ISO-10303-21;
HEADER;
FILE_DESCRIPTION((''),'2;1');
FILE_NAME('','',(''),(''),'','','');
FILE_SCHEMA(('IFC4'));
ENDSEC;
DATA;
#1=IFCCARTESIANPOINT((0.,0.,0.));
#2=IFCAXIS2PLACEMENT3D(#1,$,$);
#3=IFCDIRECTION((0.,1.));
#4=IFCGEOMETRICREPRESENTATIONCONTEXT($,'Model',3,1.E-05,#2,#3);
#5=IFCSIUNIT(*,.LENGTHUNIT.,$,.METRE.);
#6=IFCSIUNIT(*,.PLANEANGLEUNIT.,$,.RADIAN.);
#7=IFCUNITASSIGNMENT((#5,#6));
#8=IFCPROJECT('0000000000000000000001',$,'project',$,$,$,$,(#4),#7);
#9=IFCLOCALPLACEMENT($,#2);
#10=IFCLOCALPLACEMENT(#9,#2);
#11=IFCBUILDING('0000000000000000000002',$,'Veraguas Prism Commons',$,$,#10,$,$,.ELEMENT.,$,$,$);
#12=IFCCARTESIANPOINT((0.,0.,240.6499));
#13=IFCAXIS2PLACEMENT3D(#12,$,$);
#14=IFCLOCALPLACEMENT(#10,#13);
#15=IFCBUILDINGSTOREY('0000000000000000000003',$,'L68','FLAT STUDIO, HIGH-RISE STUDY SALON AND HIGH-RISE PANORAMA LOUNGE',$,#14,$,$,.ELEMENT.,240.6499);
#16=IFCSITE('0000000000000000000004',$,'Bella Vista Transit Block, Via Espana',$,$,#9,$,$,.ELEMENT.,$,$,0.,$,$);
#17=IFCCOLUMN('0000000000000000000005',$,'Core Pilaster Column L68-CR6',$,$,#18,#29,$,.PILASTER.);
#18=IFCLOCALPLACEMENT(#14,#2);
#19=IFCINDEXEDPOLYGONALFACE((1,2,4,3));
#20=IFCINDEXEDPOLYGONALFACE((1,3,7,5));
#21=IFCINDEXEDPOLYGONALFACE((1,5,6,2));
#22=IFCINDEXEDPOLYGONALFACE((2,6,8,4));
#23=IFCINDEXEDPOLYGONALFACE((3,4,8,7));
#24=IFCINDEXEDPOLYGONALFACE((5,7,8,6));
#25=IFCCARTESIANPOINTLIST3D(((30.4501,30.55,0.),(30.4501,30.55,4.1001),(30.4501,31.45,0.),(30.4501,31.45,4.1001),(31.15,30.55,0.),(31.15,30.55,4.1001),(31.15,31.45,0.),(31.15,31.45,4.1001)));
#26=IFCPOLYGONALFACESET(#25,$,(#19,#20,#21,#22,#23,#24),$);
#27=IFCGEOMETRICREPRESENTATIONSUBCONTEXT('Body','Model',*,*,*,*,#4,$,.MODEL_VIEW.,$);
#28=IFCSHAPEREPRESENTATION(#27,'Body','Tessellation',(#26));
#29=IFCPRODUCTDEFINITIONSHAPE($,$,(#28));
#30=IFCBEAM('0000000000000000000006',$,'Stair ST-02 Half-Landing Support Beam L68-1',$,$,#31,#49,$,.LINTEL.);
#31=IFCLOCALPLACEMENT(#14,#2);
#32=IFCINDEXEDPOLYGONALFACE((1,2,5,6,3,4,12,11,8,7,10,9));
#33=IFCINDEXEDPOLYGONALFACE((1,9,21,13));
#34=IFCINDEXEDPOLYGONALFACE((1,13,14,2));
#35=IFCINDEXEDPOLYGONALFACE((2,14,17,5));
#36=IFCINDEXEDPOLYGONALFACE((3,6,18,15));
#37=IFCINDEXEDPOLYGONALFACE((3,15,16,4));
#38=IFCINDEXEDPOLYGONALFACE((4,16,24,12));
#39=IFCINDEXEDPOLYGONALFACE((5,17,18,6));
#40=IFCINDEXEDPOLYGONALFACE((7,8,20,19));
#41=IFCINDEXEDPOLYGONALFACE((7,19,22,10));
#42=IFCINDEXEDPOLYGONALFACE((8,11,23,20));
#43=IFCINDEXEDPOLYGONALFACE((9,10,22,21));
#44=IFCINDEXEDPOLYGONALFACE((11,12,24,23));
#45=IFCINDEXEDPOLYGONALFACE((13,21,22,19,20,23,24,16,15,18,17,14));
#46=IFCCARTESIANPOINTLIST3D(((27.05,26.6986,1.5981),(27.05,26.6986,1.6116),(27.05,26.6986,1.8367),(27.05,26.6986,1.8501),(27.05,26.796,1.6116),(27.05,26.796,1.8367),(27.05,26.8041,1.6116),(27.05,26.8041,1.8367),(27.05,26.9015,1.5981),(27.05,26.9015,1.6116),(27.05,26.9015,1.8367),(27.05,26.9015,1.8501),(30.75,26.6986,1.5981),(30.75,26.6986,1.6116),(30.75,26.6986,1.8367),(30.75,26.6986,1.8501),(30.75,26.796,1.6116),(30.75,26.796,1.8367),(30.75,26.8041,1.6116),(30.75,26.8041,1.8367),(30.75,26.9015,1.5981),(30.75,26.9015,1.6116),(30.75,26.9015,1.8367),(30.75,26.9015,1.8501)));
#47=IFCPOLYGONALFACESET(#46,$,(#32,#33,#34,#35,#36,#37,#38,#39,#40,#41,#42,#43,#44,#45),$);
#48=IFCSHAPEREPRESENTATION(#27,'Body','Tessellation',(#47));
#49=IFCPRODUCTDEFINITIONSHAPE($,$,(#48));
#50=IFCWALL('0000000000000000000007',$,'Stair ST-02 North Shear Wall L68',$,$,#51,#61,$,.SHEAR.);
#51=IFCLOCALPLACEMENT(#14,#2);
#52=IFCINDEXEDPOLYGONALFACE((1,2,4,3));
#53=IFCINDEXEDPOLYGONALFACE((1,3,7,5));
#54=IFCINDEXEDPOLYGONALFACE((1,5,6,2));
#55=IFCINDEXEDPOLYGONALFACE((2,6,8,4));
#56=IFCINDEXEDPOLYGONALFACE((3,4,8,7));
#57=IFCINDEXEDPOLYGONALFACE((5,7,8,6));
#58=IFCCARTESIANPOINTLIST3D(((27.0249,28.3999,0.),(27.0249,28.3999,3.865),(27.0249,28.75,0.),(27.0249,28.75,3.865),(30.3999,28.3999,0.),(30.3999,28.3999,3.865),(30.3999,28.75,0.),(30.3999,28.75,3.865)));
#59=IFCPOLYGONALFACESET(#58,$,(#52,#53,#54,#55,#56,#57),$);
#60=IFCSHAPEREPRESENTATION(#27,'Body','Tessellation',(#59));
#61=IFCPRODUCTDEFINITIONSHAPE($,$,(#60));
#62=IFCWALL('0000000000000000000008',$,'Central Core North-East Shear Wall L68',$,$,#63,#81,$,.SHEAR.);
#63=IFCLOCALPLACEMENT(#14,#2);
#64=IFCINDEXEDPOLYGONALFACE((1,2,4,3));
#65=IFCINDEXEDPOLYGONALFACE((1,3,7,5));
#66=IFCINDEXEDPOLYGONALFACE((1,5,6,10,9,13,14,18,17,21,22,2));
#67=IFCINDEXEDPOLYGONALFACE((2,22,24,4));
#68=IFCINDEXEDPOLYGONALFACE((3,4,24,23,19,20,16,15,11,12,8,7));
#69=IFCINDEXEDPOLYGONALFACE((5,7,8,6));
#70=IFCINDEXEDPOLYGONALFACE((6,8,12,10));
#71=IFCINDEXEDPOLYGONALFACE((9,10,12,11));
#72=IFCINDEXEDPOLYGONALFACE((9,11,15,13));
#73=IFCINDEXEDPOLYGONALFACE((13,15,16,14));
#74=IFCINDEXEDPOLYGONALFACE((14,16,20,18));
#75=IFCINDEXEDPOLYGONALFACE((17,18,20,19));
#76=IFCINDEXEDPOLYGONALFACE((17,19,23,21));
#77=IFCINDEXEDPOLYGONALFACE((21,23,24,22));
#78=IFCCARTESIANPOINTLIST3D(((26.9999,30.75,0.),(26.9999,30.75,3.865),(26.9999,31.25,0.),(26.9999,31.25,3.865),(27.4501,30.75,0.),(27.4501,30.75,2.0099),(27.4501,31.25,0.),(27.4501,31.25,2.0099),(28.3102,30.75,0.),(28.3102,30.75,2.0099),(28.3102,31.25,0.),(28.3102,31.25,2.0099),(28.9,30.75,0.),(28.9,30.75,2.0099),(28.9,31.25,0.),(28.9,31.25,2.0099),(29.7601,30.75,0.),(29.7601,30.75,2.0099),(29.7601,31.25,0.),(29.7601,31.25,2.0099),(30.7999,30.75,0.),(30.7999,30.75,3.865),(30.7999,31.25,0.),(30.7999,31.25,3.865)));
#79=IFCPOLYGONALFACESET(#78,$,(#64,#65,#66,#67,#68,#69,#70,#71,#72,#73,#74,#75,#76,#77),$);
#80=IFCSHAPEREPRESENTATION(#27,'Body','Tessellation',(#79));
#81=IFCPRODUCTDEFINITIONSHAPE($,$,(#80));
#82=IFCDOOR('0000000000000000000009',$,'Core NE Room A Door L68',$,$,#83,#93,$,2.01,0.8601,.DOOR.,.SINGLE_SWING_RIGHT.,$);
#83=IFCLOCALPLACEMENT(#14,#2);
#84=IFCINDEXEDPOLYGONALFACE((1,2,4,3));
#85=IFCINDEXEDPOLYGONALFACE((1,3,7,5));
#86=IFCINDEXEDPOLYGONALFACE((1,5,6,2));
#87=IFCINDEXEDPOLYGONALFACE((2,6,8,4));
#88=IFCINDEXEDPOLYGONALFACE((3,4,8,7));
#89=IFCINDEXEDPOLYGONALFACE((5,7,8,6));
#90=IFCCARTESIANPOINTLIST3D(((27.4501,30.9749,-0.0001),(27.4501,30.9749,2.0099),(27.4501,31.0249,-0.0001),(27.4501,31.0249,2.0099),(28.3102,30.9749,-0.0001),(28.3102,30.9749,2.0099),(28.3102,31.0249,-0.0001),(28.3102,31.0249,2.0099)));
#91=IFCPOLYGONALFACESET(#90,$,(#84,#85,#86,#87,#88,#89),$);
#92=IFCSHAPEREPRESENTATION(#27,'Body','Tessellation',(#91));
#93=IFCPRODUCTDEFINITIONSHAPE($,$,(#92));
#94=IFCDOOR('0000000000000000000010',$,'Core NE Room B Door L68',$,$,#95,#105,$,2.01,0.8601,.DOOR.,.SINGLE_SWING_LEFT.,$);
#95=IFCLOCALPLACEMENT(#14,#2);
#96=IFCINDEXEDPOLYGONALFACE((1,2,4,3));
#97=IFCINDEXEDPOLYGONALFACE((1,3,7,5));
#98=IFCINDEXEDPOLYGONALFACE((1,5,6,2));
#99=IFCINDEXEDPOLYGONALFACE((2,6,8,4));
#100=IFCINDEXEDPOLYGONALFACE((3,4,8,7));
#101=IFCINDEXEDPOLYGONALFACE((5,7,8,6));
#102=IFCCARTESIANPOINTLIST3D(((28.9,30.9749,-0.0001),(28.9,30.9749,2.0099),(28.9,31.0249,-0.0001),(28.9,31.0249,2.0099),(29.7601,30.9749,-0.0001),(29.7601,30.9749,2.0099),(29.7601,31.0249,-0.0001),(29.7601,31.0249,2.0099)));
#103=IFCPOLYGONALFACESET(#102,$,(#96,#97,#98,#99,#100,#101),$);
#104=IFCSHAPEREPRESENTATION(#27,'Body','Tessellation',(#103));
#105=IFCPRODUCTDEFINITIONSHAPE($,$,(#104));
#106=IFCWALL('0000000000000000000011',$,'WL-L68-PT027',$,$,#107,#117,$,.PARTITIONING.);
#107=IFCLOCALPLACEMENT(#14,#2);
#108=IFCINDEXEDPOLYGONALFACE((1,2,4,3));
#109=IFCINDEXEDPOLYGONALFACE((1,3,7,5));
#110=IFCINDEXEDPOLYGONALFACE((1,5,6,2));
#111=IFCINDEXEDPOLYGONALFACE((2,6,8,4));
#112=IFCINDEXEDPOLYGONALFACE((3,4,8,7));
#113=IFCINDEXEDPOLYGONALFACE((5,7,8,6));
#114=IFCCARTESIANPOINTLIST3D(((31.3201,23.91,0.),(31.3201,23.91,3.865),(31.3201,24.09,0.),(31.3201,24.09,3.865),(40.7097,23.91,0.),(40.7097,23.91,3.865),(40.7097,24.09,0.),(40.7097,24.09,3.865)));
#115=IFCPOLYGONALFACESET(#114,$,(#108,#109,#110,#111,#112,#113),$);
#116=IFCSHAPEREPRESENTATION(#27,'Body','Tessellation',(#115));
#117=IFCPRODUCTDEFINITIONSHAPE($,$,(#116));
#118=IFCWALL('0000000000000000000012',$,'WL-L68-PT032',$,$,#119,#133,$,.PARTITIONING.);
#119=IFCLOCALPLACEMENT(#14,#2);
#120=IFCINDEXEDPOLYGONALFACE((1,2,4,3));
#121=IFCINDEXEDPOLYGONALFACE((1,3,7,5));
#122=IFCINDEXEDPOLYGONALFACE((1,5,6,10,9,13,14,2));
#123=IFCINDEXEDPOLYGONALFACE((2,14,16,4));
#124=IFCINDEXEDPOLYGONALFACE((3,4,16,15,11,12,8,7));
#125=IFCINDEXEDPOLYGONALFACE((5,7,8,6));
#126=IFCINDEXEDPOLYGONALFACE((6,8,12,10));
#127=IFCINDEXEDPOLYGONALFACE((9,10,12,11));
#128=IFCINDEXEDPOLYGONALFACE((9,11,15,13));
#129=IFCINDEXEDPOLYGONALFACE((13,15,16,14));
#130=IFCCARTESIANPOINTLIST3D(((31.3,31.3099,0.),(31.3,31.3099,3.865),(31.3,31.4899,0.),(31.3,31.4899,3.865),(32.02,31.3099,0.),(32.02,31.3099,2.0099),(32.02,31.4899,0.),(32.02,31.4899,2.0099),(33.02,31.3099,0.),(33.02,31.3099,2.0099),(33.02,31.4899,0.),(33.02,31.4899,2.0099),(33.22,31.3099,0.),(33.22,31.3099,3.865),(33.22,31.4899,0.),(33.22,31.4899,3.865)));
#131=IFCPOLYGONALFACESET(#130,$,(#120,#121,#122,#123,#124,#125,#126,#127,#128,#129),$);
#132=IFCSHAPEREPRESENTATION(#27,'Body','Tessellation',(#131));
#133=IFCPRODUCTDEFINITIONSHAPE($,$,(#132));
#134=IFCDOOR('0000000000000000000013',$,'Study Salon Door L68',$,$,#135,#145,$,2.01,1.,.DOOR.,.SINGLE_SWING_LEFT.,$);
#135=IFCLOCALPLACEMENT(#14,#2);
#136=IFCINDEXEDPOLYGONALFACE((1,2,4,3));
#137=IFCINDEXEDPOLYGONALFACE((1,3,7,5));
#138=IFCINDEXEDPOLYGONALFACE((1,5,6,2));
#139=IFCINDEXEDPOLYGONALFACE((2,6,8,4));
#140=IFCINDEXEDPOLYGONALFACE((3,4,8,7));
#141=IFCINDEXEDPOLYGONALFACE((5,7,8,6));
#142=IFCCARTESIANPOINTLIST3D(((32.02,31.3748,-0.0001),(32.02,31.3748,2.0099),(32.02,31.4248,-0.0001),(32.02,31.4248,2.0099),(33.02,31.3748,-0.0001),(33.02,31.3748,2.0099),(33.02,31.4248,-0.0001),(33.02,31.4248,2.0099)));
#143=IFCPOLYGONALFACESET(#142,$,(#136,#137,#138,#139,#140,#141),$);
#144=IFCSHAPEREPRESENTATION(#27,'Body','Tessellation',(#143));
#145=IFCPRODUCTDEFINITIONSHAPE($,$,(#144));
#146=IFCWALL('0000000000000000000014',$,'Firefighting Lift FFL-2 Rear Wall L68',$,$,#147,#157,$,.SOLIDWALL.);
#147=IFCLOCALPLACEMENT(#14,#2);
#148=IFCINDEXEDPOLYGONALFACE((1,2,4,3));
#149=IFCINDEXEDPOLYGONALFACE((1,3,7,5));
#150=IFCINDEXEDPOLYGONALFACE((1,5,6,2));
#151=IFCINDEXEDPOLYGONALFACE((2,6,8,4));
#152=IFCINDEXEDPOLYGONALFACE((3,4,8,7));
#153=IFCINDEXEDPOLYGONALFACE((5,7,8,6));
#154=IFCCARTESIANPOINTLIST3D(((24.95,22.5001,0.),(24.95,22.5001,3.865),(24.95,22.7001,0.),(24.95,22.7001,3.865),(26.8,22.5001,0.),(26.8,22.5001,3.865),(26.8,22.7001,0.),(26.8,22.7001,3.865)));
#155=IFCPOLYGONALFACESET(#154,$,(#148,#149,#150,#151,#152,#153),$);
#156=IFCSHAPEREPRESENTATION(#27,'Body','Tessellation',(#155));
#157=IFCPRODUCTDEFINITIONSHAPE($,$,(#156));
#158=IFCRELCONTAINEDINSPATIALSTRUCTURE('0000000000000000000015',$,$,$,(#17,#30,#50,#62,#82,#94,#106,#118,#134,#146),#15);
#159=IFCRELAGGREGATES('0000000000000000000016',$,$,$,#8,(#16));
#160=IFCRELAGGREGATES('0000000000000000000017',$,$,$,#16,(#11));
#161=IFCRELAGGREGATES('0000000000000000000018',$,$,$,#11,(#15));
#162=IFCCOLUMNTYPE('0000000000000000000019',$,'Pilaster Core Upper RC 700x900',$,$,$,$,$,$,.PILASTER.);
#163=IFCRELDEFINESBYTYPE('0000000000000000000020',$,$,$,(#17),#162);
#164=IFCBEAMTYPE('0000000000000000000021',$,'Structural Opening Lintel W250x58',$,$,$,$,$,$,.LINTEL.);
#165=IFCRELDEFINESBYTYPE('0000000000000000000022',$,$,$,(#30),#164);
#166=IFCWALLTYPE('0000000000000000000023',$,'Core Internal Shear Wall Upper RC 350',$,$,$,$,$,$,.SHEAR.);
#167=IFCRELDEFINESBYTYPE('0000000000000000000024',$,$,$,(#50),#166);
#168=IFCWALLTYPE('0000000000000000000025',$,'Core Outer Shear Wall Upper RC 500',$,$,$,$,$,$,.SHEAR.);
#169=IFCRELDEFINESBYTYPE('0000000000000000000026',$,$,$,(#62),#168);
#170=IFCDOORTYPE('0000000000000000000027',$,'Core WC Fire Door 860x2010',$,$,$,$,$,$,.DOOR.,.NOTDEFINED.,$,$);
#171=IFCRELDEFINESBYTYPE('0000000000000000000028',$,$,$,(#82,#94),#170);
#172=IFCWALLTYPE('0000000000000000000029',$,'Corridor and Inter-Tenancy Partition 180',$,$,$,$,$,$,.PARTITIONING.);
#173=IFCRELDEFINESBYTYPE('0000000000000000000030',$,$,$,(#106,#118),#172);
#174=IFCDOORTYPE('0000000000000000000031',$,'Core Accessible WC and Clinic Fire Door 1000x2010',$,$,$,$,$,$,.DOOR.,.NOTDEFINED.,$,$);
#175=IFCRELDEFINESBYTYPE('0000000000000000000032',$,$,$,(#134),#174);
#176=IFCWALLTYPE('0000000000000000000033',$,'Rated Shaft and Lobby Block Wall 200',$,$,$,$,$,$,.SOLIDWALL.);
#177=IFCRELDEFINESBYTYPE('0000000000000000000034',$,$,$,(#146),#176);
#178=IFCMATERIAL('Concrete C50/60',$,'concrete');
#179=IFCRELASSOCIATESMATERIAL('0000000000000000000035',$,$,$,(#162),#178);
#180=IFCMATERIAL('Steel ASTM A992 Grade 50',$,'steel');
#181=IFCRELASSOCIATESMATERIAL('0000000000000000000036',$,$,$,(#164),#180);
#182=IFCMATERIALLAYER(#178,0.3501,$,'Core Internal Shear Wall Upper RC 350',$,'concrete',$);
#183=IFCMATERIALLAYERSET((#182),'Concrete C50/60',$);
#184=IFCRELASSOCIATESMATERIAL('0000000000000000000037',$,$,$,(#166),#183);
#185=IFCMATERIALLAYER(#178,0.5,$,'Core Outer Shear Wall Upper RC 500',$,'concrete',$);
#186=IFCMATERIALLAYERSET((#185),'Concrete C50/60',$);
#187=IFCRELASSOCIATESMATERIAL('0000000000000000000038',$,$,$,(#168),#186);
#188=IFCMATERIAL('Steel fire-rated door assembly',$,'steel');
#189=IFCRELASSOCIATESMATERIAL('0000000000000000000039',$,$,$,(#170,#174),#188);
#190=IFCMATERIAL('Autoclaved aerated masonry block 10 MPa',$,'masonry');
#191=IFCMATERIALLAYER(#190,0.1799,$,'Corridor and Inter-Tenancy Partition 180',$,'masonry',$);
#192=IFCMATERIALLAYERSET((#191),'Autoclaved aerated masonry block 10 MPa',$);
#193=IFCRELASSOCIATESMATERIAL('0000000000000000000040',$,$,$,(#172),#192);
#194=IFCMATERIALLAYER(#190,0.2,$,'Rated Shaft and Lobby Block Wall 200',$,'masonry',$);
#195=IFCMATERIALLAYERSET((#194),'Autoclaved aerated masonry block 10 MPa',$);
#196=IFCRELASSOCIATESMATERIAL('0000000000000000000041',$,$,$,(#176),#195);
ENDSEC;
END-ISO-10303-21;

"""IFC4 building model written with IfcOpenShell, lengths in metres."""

from ifc_helpers import new_model, si_unit, direction, frame, frame_2d, origin, origin_2d, place, context, subcontext, project, spatial, rectangle, i_section, extrude, source, transform, mapped, material, layer, layer_set, material_profile, profile_set, type_object, element, fill, save


model = new_model("IFC4")

# Units and contexts
model_context = context("Model", 3, precision=1e-05, world=origin(), true_north=direction((0.0, 1.0)))
body_context = subcontext(model_context, "Body", "Model", "MODEL_VIEW")
ifc_project = project(units=[si_unit("LENGTHUNIT", "METRE"), si_unit("PLANEANGLEUNIT", "RADIAN")], contexts=[model_context])

# Site, building, storey
site_placement = place(None, origin())
site = spatial("IfcSite", under=ifc_project, at=site_placement, Name="Bella Vista Transit Block, Via Espana", CompositionType="ELEMENT", RefElevation=0.0)
building_placement = place(site_placement, origin())
building = spatial("IfcBuilding", under=site, at=building_placement, Name="Veraguas Prism Commons", CompositionType="ELEMENT")
storey_placement = place(building_placement, frame((0.0, 0.0, 240.6499)))
storey = spatial("IfcBuildingStorey", under=building, at=storey_placement, Name="L68", Description="FLAT STUDIO, HIGH-RISE STUDY SALON AND HIGH-RISE PANORAMA LOUNGE", CompositionType="ELEMENT", Elevation=240.6499)

# Column
ifc_material_1 = material(Name="Concrete C50/60", Category="concrete")
ifc_material_profile_1 = material_profile(ifc_material_1, rectangle(XDim=0.7, YDim=0.8999, at=origin_2d()), Name="RC700X900")
ifc_profile_set_1 = profile_set([ifc_material_profile_1], Name="Concrete C50/60")
column_type = type_object("IfcColumnType", Name="Pilaster Core Upper RC 700x900", PredefinedType="PILASTER", material=ifc_profile_set_1)
column_placement = place(storey_placement, frame((30.8, 31.0, 0.0), z_axis=(0.0, 0.0, 1.0), x_axis=(1.0, 0.0, 0.0)))
element("IfcColumn", 1, at=column_placement, inside=storey, type_object=column_type, Name="Core Pilaster Column L68-CR6", PredefinedType="PILASTER", context=body_context, shape_type="SweptSolid", body=[
    extrude(rectangle(XDim=0.7, YDim=0.8999, at=origin_2d()), origin(), (0.0, 0.0, 1.0), 4.1001),
])

# Beam
ifc_material_2 = material(Name="Steel ASTM A992 Grade 50", Category="steel")
ifc_material_profile_2 = material_profile(ifc_material_2, i_section(OverallWidth=0.2029, OverallDepth=0.252, WebThickness=0.0081, FlangeThickness=0.0134, at=origin_2d()), Name="W250X58")
ifc_profile_set_2 = profile_set([ifc_material_profile_2], Name="Steel ASTM A992 Grade 50")
beam_type = type_object("IfcBeamType", Name="Structural Opening Lintel W250x58", PredefinedType="LINTEL", material=ifc_profile_set_2)
beam_placement = place(storey_placement, frame((27.05, 26.8, 1.7241), z_axis=(1.0, 0.0, 0.0), x_axis=(0.0, 1.0, 0.0)))
element("IfcBeam", 2, at=beam_placement, inside=storey, type_object=beam_type, Name="Stair ST-02 Half-Landing Support Beam L68-1", PredefinedType="LINTEL", context=body_context, shape_type="SweptSolid", body=[
    extrude(i_section(OverallWidth=0.2029, OverallDepth=0.252, WebThickness=0.0081, FlangeThickness=0.0134, at=origin_2d()), origin(), (0.0, 0.0, 1.0), 3.7),
])

# Wall
ifc_layer_1 = layer(ifc_material_1, 0.3501, Name="Core Internal Shear Wall Upper RC 350", Category="concrete")
ifc_layer_set_1 = layer_set([ifc_layer_1], Name="Concrete C50/60")
wall_type_1 = type_object("IfcWallType", Name="Core Internal Shear Wall Upper RC 350", PredefinedType="SHEAR", material=ifc_layer_set_1)
wall_1_placement = place(storey_placement, frame((27.0249, 28.575, 0.0), z_axis=(0.0, 0.0, 1.0), x_axis=(1.0, 0.0, 0.0)))
element("IfcWall", 3, at=wall_1_placement, inside=storey, type_object=wall_type_1, Name="Stair ST-02 North Shear Wall L68", PredefinedType="SHEAR", context=body_context, shape_type="SweptSolid", body=[
    extrude(rectangle(XDim=3.375, YDim=0.3501, at=frame_2d((1.6875, 0.0))), origin(), (0.0, 0.0, 1.0), 3.865),
])

# Wall, openings, doors
ifc_layer_2 = layer(ifc_material_1, 0.5, Name="Core Outer Shear Wall Upper RC 500", Category="concrete")
ifc_layer_set_2 = layer_set([ifc_layer_2], Name="Concrete C50/60")
wall_type_2 = type_object("IfcWallType", Name="Core Outer Shear Wall Upper RC 500", PredefinedType="SHEAR", material=ifc_layer_set_2)
wall_2_placement = place(storey_placement, frame((27.0, 31.0, 0.0), z_axis=(0.0, 0.0, 1.0), x_axis=(1.0, 0.0, 0.0)))
wall_2 = element("IfcWall", 4, at=wall_2_placement, inside=storey, type_object=wall_type_2, Name="Central Core North-East Shear Wall L68", PredefinedType="SHEAR", context=body_context, shape_type="SweptSolid", body=[
    extrude(rectangle(XDim=3.8, YDim=0.5, at=frame_2d((1.8999, 0.0))), origin(), (0.0, 0.0, 1.0), 3.865),
])
opening_1_placement = place(wall_2_placement, frame((0.45, 0.0, 0.0)))
opening_1 = element("IfcOpeningElement", 5, at=opening_1_placement, cuts=wall_2, PredefinedType="OPENING", context=body_context, shape_type="SweptSolid", body=[
    extrude(rectangle(XDim=0.8601, YDim=2.01, at=frame_2d((0.4302, 1.0049))), frame((0.0, 0.26, 0.0), z_axis=(0.0, -1.0, 0.0), x_axis=(1.0, 0.0, 0.0)), (0.0, 0.0, 1.0), 0.52),
])
opening_2_placement = place(wall_2_placement, frame((1.8999, 0.0, 0.0)))
opening_2 = element("IfcOpeningElement", 6, at=opening_2_placement, cuts=wall_2, PredefinedType="OPENING", context=body_context, shape_type="SweptSolid", body=[
    extrude(rectangle(XDim=0.8601, YDim=2.01, at=frame_2d((0.4302, 1.0049))), frame((0.0, 0.26, 0.0), z_axis=(0.0, -1.0, 0.0), x_axis=(1.0, 0.0, 0.0)), (0.0, 0.0, 1.0), 0.52),
])
ifc_material_3 = material(Name="Steel fire-rated door assembly", Category="steel")
door_type_1 = type_object("IfcDoorType", Name="Core WC Fire Door 860x2010", OperationType="NOTDEFINED", PredefinedType="DOOR", material=ifc_material_3)
shared_shape_1 = source(origin(), body_context, "Body", "SweptSolid", [
    extrude(rectangle(XDim=0.8601, YDim=2.01, at=frame_2d((0.4302, 1.0049))), frame((0.0, 0.0249, 0.0), z_axis=(0.0, -1.0, 0.0), x_axis=(1.0, 0.0, 0.0)), (0.0, 0.0, 1.0), 0.05),
])
door_1_placement = place(opening_1_placement, origin())
door_1 = element("IfcDoor", 7, at=door_1_placement, inside=storey, type_object=door_type_1, Name="Core NE Room A Door L68", OperationType="SINGLE_SWING_RIGHT", OverallHeight=2.01, OverallWidth=0.8601, PredefinedType="DOOR", context=body_context, shape_type="MappedRepresentation", body=[
    mapped(shared_shape_1, transform((0.0, 0.0, 0.0), scale=1.0)),
])
fill(opening_1, door_1)
door_2_placement = place(opening_2_placement, origin())
door_2 = element("IfcDoor", 8, at=door_2_placement, inside=storey, type_object=door_type_1, Name="Core NE Room B Door L68", OperationType="SINGLE_SWING_LEFT", OverallHeight=2.01, OverallWidth=0.8601, PredefinedType="DOOR", context=body_context, shape_type="MappedRepresentation", body=[
    mapped(shared_shape_1, transform((0.0, 0.0, 0.0), scale=1.0)),
])
fill(opening_2, door_2)

# Wall
ifc_material_4 = material(Name="Autoclaved aerated masonry block 10 MPa", Category="masonry")
ifc_layer_3 = layer(ifc_material_4, 0.1799, Name="Corridor and Inter-Tenancy Partition 180", Category="masonry")
ifc_layer_set_3 = layer_set([ifc_layer_3], Name="Autoclaved aerated masonry block 10 MPa")
wall_type_3 = type_object("IfcWallType", Name="Corridor and Inter-Tenancy Partition 180", PredefinedType="PARTITIONING", material=ifc_layer_set_3)
wall_3_placement = place(storey_placement, frame((31.3201, 24.0, 0.0), z_axis=(0.0, 0.0, 1.0), x_axis=(1.0, 0.0, 0.0)))
element("IfcWall", 9, at=wall_3_placement, inside=storey, type_object=wall_type_3, Name="WL-L68-PT027", PredefinedType="PARTITIONING", context=body_context, shape_type="SweptSolid", body=[
    extrude(rectangle(XDim=9.3896, YDim=0.1799, at=frame_2d((4.6948, 0.0))), origin(), (0.0, 0.0, 1.0), 3.865),
])

# Wall, opening, door
wall_4_placement = place(storey_placement, frame((31.3, 31.3999, 0.0), z_axis=(0.0, 0.0, 1.0), x_axis=(1.0, 0.0, 0.0)))
wall_4 = element("IfcWall", 10, at=wall_4_placement, inside=storey, type_object=wall_type_3, Name="WL-L68-PT032", PredefinedType="PARTITIONING", context=body_context, shape_type="SweptSolid", body=[
    extrude(rectangle(XDim=1.9199, YDim=0.1799, at=frame_2d((0.96, 0.0))), origin(), (0.0, 0.0, 1.0), 3.865),
])
opening_3_placement = place(wall_4_placement, frame((0.72, 0.0, 0.0)))
opening_3 = element("IfcOpeningElement", 11, at=opening_3_placement, cuts=wall_4, PredefinedType="OPENING", context=body_context, shape_type="SweptSolid", body=[
    extrude(rectangle(XDim=1.0, YDim=2.01, at=frame_2d((0.5, 1.0049))), frame((0.0, 0.0999, 0.0), z_axis=(0.0, -1.0, 0.0), x_axis=(1.0, 0.0, 0.0)), (0.0, 0.0, 1.0), 0.2),
])
door_type_2 = type_object("IfcDoorType", Name="Core Accessible WC and Clinic Fire Door 1000x2010", OperationType="NOTDEFINED", PredefinedType="DOOR", material=ifc_material_3)
shared_shape_2 = source(origin(), body_context, "Body", "SweptSolid", [
    extrude(rectangle(XDim=1.0, YDim=2.01, at=frame_2d((0.5, 1.0049))), frame((0.0, 0.0249, 0.0), z_axis=(0.0, -1.0, 0.0), x_axis=(1.0, 0.0, 0.0)), (0.0, 0.0, 1.0), 0.05),
])
door_3_placement = place(opening_3_placement, origin())
door_3 = element("IfcDoor", 12, at=door_3_placement, inside=storey, type_object=door_type_2, Name="Study Salon Door L68", OperationType="SINGLE_SWING_LEFT", OverallHeight=2.01, OverallWidth=1.0, PredefinedType="DOOR", context=body_context, shape_type="MappedRepresentation", body=[
    mapped(shared_shape_2, transform((0.0, 0.0, 0.0), scale=1.0)),
])
fill(opening_3, door_3)

# Wall
ifc_layer_4 = layer(ifc_material_4, 0.2, Name="Rated Shaft and Lobby Block Wall 200", Category="masonry")
ifc_layer_set_4 = layer_set([ifc_layer_4], Name="Autoclaved aerated masonry block 10 MPa")
wall_type_4 = type_object("IfcWallType", Name="Rated Shaft and Lobby Block Wall 200", PredefinedType="SOLIDWALL", material=ifc_layer_set_4)
wall_5_placement = place(storey_placement, frame((24.95, 22.6001, 0.0), z_axis=(0.0, 0.0, 1.0), x_axis=(1.0, 0.0, 0.0)))
element("IfcWall", 13, at=wall_5_placement, inside=storey, type_object=wall_type_4, Name="Firefighting Lift FFL-2 Rear Wall L68", PredefinedType="SOLIDWALL", context=body_context, shape_type="SweptSolid", body=[
    extrude(rectangle(XDim=1.8501, YDim=0.2, at=frame_2d((0.925, 0.0))), origin(), (0.0, 0.0, 1.0), 3.865),
])

save(model, "model.ifc")
